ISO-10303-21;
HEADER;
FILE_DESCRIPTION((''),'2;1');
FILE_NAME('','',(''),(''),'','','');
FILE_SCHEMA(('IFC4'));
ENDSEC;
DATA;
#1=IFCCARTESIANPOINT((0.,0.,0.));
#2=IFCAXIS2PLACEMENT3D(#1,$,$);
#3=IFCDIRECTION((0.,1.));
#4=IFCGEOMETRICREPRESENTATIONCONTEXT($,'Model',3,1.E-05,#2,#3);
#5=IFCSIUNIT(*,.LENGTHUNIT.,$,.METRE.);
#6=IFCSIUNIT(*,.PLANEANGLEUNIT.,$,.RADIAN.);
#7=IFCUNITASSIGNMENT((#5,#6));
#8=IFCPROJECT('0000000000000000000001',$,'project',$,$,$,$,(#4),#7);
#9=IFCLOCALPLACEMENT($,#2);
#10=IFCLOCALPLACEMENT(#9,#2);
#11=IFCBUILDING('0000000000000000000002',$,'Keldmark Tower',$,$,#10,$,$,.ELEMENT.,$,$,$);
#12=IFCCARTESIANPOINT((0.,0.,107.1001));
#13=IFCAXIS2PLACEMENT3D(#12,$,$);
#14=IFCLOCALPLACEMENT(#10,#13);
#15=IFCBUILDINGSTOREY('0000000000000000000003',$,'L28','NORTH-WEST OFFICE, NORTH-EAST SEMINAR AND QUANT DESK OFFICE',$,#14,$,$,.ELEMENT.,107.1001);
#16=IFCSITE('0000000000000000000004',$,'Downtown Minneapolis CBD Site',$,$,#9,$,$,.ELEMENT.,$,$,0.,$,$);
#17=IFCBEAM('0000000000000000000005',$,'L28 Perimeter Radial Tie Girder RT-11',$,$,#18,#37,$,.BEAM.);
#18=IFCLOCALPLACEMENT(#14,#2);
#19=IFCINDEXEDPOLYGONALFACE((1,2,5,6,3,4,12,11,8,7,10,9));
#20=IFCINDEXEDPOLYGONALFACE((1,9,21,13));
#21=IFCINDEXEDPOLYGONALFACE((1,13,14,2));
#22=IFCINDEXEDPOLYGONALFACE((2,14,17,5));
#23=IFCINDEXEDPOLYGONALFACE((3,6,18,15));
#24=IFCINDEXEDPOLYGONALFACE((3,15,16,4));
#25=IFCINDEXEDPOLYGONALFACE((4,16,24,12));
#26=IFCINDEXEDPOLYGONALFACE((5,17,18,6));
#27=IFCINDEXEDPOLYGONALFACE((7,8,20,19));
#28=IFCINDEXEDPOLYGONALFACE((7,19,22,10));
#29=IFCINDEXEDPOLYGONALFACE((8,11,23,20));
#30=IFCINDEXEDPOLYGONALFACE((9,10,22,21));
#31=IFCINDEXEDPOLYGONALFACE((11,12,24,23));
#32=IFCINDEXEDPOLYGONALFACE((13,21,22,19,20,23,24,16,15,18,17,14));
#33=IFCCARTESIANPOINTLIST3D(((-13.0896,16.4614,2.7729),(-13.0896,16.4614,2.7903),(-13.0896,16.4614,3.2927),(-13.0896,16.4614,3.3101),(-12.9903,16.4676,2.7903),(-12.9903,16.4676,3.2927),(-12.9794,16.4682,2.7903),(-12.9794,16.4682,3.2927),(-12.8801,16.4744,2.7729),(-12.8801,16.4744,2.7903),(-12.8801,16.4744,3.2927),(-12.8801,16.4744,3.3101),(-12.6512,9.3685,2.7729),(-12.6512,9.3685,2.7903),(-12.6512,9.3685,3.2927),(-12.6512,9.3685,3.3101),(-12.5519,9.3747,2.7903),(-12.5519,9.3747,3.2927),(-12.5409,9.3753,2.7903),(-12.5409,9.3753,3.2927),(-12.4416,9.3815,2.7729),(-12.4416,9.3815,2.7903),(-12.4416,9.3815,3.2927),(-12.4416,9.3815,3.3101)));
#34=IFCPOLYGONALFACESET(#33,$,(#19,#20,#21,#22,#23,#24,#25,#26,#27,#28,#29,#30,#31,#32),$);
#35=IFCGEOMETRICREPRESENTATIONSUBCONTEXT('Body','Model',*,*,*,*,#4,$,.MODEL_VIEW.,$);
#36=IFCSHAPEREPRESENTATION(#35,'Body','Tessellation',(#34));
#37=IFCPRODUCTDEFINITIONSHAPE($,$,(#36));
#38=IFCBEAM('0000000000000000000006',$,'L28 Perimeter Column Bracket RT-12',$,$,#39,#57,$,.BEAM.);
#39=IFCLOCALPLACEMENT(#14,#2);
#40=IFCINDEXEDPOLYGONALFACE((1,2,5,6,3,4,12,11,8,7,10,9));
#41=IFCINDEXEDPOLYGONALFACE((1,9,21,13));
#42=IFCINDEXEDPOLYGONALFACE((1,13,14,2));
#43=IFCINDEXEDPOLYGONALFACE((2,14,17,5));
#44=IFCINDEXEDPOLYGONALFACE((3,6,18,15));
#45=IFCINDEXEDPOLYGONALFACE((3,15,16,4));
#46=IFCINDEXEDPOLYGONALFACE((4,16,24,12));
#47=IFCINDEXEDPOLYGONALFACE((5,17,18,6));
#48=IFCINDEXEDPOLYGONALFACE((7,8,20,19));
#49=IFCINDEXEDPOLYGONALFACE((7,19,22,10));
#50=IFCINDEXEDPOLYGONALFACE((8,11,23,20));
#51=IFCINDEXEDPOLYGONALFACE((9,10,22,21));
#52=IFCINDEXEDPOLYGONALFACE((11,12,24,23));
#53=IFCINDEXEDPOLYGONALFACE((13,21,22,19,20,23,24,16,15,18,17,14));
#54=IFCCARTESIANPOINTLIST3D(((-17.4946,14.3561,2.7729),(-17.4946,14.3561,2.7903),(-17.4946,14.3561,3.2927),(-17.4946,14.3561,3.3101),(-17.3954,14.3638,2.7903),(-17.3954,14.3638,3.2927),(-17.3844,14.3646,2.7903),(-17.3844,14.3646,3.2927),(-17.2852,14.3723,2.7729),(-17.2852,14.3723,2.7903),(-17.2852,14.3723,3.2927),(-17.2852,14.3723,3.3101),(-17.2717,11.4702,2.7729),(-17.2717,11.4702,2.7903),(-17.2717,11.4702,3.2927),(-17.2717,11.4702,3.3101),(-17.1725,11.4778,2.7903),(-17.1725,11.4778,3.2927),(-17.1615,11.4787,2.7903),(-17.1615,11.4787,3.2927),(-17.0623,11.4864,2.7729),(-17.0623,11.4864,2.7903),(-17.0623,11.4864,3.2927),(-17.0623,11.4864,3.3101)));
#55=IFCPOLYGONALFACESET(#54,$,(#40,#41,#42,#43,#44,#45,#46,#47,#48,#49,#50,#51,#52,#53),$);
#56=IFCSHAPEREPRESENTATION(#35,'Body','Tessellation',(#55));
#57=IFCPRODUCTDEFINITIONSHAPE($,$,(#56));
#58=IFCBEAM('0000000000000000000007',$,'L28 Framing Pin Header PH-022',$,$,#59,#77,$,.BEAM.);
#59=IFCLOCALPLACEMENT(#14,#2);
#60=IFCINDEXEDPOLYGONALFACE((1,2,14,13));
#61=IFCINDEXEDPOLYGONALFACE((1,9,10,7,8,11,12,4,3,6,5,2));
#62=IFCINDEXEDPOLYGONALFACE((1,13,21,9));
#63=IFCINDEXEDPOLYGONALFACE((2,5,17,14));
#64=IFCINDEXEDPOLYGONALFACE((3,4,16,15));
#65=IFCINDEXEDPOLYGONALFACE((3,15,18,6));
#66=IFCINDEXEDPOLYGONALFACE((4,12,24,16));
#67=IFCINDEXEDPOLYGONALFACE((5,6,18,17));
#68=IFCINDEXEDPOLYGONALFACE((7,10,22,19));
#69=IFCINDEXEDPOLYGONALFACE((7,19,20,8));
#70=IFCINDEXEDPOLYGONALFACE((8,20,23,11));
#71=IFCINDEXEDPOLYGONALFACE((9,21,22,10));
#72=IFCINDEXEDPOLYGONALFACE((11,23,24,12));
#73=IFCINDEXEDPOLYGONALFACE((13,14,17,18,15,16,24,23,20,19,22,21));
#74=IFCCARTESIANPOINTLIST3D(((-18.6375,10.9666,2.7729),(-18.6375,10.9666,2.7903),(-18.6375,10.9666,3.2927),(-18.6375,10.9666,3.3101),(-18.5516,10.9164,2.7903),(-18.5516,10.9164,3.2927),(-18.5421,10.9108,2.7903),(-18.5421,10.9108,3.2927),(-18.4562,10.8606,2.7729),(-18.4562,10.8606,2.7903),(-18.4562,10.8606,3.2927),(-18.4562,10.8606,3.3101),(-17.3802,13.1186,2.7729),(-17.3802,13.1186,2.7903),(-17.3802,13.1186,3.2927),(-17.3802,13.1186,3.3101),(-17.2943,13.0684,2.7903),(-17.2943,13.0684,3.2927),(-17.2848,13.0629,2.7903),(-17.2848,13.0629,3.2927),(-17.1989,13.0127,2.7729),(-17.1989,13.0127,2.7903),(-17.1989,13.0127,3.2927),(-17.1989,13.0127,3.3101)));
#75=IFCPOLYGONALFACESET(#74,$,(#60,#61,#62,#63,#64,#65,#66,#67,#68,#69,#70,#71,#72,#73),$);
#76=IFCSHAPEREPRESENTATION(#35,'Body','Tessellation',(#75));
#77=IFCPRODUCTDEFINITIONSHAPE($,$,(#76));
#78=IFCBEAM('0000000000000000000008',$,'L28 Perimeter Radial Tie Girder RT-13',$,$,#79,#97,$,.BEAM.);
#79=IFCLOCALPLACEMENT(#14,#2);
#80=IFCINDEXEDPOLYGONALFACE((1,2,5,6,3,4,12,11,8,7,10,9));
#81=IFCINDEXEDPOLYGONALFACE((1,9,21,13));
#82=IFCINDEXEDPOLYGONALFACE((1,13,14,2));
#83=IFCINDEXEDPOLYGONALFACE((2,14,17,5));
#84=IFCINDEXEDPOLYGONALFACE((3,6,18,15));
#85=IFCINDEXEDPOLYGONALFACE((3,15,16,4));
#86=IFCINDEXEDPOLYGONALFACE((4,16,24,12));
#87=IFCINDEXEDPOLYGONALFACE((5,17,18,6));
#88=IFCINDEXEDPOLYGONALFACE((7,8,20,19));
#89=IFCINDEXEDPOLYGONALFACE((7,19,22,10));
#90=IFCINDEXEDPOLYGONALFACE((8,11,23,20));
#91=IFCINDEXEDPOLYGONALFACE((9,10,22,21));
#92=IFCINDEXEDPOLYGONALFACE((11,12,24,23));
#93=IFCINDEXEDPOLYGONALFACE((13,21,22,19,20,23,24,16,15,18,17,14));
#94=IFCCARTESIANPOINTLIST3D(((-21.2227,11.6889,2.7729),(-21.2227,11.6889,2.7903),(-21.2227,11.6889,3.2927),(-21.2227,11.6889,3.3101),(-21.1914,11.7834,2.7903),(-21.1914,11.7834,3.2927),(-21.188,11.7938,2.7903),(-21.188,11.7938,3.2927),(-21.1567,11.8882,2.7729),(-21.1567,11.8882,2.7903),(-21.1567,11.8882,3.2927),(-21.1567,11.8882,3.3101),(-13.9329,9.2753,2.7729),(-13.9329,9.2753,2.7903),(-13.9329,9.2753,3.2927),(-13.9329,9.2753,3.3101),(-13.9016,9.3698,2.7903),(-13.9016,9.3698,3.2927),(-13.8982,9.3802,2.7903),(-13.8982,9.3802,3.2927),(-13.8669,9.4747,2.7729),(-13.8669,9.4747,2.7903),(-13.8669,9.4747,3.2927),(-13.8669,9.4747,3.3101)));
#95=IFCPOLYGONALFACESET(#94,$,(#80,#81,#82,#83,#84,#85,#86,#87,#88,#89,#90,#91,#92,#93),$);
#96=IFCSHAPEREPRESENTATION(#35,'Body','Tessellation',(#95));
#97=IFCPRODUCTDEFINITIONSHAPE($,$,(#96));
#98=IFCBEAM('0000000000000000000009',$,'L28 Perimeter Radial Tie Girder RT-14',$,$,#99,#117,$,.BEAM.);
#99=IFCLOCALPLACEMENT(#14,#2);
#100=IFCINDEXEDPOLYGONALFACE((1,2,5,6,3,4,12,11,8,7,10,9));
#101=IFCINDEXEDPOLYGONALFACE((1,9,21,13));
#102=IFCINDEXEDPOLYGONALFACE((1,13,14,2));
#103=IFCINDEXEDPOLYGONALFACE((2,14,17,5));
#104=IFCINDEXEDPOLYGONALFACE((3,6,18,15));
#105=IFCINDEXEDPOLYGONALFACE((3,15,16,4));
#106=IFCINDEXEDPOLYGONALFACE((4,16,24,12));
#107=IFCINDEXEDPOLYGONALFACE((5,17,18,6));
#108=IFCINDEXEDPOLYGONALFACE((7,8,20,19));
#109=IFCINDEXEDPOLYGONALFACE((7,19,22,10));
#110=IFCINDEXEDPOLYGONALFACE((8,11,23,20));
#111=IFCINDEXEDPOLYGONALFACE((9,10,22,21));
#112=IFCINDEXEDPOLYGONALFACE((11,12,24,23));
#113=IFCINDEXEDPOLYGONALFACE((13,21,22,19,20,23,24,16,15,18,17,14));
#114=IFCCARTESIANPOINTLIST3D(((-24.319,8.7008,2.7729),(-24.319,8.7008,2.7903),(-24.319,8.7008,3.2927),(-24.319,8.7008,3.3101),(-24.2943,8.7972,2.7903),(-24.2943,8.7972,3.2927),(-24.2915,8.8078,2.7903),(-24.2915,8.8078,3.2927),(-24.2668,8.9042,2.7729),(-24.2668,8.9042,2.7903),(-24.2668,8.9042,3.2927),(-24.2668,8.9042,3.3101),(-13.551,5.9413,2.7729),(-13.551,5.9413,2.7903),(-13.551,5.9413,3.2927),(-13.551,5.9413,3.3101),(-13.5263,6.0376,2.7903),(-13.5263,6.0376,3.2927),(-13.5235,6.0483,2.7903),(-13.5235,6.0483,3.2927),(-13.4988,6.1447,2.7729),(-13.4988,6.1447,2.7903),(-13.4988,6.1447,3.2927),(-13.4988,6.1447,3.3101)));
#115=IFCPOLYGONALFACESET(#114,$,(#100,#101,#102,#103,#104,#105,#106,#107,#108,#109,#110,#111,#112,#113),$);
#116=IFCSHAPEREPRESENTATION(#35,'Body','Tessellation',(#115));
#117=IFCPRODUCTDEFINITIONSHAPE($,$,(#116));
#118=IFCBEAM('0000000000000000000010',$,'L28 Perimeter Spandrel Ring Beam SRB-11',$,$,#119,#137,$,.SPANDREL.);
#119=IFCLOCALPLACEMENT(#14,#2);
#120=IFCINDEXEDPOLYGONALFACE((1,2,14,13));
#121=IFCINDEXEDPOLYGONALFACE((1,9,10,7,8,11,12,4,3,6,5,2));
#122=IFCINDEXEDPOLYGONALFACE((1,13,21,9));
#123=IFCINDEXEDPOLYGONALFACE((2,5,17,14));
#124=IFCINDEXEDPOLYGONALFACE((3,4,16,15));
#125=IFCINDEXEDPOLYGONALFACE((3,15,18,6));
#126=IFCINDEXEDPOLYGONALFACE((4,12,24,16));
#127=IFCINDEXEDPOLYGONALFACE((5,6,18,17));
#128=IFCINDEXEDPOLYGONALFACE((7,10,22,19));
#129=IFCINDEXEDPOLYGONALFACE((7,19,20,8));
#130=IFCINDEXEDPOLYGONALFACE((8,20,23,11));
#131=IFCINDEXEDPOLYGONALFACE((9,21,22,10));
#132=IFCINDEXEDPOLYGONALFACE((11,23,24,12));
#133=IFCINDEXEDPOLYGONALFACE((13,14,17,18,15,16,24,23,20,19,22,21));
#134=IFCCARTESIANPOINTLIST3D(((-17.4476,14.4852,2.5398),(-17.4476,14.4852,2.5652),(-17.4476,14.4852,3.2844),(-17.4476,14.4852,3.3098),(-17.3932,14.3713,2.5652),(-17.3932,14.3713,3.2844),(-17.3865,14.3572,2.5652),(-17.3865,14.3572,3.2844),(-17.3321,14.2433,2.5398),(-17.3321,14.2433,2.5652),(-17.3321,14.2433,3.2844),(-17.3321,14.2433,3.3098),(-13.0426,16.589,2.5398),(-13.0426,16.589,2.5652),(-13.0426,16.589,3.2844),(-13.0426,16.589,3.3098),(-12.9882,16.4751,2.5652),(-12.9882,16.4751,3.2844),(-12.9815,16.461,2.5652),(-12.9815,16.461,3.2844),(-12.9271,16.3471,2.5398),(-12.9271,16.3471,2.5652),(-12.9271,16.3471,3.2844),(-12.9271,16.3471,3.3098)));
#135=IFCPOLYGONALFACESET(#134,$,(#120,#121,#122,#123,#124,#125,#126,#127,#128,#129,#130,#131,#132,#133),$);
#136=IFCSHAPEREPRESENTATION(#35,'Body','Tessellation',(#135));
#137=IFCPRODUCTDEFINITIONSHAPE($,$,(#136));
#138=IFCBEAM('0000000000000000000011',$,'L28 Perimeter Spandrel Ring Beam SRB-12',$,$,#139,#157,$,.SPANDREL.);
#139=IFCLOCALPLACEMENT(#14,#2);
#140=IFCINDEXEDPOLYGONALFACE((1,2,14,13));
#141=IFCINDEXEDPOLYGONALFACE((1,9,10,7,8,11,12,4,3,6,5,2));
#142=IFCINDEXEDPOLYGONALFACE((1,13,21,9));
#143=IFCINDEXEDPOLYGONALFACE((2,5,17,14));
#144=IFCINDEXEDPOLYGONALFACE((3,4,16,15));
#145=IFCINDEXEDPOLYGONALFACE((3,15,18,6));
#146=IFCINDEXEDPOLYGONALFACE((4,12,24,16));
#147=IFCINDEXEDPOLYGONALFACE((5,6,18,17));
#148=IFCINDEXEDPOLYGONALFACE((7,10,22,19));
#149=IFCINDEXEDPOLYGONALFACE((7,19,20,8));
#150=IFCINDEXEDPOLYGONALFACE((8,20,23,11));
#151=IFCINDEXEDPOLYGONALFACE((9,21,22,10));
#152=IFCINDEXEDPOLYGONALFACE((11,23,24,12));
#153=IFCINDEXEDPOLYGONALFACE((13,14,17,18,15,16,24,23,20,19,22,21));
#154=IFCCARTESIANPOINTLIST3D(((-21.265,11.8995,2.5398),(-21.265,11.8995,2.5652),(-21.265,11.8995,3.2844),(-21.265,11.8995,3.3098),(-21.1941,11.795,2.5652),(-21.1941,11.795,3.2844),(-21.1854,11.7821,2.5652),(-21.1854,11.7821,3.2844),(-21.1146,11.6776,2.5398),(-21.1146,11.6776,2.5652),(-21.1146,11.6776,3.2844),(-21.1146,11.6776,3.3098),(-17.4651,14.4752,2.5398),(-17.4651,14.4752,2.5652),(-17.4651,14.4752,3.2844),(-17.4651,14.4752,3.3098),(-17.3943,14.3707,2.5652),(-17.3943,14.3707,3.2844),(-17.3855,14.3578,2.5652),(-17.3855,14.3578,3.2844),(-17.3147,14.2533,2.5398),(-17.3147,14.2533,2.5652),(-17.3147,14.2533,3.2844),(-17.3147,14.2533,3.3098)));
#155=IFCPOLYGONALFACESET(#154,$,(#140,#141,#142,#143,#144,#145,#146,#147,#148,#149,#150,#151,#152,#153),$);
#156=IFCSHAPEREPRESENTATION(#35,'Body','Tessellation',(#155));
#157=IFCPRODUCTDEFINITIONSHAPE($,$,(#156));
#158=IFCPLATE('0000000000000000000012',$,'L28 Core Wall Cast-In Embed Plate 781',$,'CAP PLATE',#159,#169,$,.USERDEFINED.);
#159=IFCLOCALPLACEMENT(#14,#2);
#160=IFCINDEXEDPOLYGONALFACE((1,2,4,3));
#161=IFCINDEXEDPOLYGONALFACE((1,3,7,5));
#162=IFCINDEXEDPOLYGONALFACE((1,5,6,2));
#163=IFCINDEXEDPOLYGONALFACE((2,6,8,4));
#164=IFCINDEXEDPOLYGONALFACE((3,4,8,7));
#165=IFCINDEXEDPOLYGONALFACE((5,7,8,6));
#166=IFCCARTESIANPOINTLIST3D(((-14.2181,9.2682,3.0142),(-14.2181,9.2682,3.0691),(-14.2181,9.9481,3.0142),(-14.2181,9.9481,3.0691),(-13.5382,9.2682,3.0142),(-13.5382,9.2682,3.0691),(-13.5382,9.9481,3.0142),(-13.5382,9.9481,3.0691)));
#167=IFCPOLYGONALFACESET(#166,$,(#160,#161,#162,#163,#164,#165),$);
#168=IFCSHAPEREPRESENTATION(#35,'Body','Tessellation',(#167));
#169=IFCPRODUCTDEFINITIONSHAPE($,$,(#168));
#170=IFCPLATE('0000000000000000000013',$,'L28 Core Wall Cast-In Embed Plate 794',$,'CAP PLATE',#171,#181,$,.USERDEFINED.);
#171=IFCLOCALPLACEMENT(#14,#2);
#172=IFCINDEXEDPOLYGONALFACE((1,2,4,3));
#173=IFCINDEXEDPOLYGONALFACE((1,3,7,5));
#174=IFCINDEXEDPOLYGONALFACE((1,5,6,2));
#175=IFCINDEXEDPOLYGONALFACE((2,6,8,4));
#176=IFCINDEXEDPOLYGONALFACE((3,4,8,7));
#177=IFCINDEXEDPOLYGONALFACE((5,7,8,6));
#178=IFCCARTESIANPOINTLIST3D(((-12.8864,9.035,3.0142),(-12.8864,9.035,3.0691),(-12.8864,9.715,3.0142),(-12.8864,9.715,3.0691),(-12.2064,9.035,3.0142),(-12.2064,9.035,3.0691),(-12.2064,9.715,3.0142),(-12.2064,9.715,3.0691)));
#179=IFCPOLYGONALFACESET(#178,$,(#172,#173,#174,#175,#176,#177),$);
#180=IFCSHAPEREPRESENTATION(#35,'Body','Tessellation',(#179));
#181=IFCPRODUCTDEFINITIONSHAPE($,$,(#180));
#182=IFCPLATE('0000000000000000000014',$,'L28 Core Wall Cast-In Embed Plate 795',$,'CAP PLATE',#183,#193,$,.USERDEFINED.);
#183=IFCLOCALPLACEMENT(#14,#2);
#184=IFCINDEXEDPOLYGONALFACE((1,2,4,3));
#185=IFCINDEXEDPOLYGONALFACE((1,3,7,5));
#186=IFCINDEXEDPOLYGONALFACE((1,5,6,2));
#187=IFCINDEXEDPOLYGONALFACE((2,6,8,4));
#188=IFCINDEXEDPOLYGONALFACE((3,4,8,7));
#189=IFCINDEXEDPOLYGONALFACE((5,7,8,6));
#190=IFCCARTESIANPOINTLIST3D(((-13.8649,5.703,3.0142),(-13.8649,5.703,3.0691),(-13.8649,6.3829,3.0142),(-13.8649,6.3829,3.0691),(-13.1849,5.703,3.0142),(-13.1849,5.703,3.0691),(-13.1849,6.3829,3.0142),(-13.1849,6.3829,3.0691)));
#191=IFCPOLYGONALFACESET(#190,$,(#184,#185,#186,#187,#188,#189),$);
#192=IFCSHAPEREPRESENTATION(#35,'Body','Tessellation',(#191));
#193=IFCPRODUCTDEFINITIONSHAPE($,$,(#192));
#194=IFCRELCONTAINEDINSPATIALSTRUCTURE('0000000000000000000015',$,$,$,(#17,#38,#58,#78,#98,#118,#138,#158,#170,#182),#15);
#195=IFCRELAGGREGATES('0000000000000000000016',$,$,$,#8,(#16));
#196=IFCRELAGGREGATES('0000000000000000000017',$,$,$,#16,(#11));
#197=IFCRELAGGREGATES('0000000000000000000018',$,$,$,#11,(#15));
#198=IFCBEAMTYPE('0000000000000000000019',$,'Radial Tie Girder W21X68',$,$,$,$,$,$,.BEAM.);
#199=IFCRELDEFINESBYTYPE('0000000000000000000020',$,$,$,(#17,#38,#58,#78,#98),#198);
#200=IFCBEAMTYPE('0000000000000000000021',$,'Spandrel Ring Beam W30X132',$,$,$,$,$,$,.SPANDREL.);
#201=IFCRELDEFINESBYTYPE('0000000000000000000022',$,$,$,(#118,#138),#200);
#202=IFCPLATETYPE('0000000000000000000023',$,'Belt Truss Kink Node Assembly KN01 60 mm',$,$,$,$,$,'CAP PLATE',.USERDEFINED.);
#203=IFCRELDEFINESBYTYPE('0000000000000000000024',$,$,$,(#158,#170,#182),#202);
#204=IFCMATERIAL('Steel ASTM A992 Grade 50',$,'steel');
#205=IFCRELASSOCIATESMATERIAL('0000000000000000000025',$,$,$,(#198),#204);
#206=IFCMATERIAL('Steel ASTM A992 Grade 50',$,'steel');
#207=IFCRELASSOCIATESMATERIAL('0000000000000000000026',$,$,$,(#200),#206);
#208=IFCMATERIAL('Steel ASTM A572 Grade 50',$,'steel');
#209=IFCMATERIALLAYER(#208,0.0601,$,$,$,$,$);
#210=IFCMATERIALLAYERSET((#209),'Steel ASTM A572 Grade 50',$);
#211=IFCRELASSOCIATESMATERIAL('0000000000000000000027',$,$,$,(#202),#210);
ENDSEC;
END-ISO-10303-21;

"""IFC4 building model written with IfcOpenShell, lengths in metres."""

from ifc_helpers import new_model, si_unit, direction, frame, origin, origin_2d, place, context, subcontext, project, spatial, rectangle, i_section, extrude, material, layer, layer_set, material_profile, profile_set, type_object, element, save


model = new_model("IFC4")

# Units and contexts
model_context = context("Model", 3, precision=1e-05, world=origin(), true_north=direction((0.0, 1.0)))
body_context = subcontext(model_context, "Body", "Model", "MODEL_VIEW")
ifc_project = project(units=[si_unit("LENGTHUNIT", "METRE"), si_unit("PLANEANGLEUNIT", "RADIAN")], contexts=[model_context])

# Site, building, storey
site_placement = place(None, origin())
site = spatial("IfcSite", under=ifc_project, at=site_placement, Name="Downtown Minneapolis CBD Site", CompositionType="ELEMENT", RefElevation=0.0)
building_placement = place(site_placement, origin())
building = spatial("IfcBuilding", under=site, at=building_placement, Name="Keldmark Tower", CompositionType="ELEMENT")
storey_placement = place(building_placement, frame((0.0, 0.0, 107.1001)))
storey = spatial("IfcBuildingStorey", under=building, at=storey_placement, Name="L28", Description="NORTH-WEST OFFICE, NORTH-EAST SEMINAR AND QUANT DESK OFFICE", CompositionType="ELEMENT", Elevation=107.1001)

# Beams
ifc_material_1 = material(Name="Steel ASTM A992 Grade 50", Category="steel")
ifc_material_profile_1 = material_profile(ifc_material_1, i_section(OverallWidth=0.21, OverallDepth=0.5371, WebThickness=0.011, FlangeThickness=0.0173, at=origin_2d()), Name="W21X68")
ifc_profile_set_1 = profile_set([ifc_material_profile_1], Name="Steel ASTM A992 Grade 50")
beam_type_1 = type_object("IfcBeamType", Name="Radial Tie Girder W21X68", PredefinedType="BEAM", material=ifc_profile_set_1)
beam_1_placement = place(storey_placement, frame((-12.5464, 9.375, 3.0415), z_axis=(-0.0617, 0.998095, 0.0), x_axis=(-0.998095, -0.0617, 0.0)))
element("IfcBeam", 1, at=beam_1_placement, inside=storey, type_object=beam_type_1, Name="L28 Perimeter Radial Tie Girder RT-11", PredefinedType="BEAM", context=body_context, shape_type="SweptSolid", body=[
    extrude(i_section(OverallWidth=0.21, OverallDepth=0.5371, WebThickness=0.011, FlangeThickness=0.0173, at=origin_2d()), origin(), (0.0, 0.0, 1.0), 7.1064),
])
beam_2_placement = place(storey_placement, frame((-17.167, 11.4783, 3.0415), z_axis=(-0.077006, 0.997031, 0.0), x_axis=(-0.997031, -0.077006, 0.0)))
element("IfcBeam", 2, at=beam_2_placement, inside=storey, type_object=beam_type_1, Name="L28 Perimeter Column Bracket RT-12", PredefinedType="BEAM", context=body_context, shape_type="SweptSolid", body=[
    extrude(i_section(OverallWidth=0.21, OverallDepth=0.5371, WebThickness=0.011, FlangeThickness=0.0173, at=origin_2d()), origin(), (0.0, 0.0, 1.0), 2.8945),
])
beam_3_placement = place(storey_placement, frame((-17.2896, 13.0657, 3.0415), z_axis=(-0.504449, -0.863441, 0.0), x_axis=(0.863441, -0.504449, 0.0)))
element("IfcBeam", 3, at=beam_3_placement, inside=storey, type_object=beam_type_1, Name="L28 Framing Pin Header PH-022", PredefinedType="BEAM", context=body_context, shape_type="SweptSolid", body=[
    extrude(i_section(OverallWidth=0.21, OverallDepth=0.5371, WebThickness=0.011, FlangeThickness=0.0173, at=origin_2d()), origin(), (0.0, 0.0, 1.0), 2.4924),
])
beam_4_placement = place(storey_placement, frame((-13.8999, 9.375, 3.0415), z_axis=(-0.94932, 0.31431, 0.0), x_axis=(-0.31431, -0.94932, 0.0)))
element("IfcBeam", 4, at=beam_4_placement, inside=storey, type_object=beam_type_1, Name="L28 Perimeter Radial Tie Girder RT-13", PredefinedType="BEAM", context=body_context, shape_type="SweptSolid", body=[
    extrude(i_section(OverallWidth=0.21, OverallDepth=0.5371, WebThickness=0.011, FlangeThickness=0.0173, at=origin_2d()), origin(), (0.0, 0.0, 1.0), 7.679),
])
beam_5_placement = place(storey_placement, frame((-13.5249, 6.043, 3.0415), z_axis=(-0.968697, 0.248247, 0.0), x_axis=(-0.248247, -0.968697, 0.0)))
element("IfcBeam", 5, at=beam_5_placement, inside=storey, type_object=beam_type_1, Name="L28 Perimeter Radial Tie Girder RT-14", PredefinedType="BEAM", context=body_context, shape_type="SweptSolid", body=[
    extrude(i_section(OverallWidth=0.21, OverallDepth=0.5371, WebThickness=0.011, FlangeThickness=0.0173, at=origin_2d()), origin(), (0.0, 0.0, 1.0), 11.116),
])
ifc_material_2 = material(Name="Steel ASTM A992 Grade 50", Category="steel")
ifc_material_profile_2 = material_profile(ifc_material_2, i_section(OverallWidth=0.2681, OverallDepth=0.77, WebThickness=0.0156, FlangeThickness=0.0254, at=origin_2d()), Name="W30X132")
ifc_profile_set_2 = profile_set([ifc_material_profile_2], Name="Steel ASTM A992 Grade 50")
beam_type_2 = type_object("IfcBeamType", Name="Spandrel Ring Beam W30X132", PredefinedType="SPANDREL", material=ifc_profile_set_2)
beam_6_placement = place(storey_placement, frame((-12.9849, 16.468, 2.9248), z_axis=(-0.902373, -0.430956, 0.0), x_axis=(0.430956, -0.902373, 0.0)))
element("IfcBeam", 6, at=beam_6_placement, inside=storey, type_object=beam_type_2, Name="L28 Perimeter Spandrel Ring Beam SRB-11", PredefinedType="SPANDREL", context=body_context, shape_type="SweptSolid", body=[
    extrude(i_section(OverallWidth=0.2681, OverallDepth=0.77, WebThickness=0.0156, FlangeThickness=0.0254, at=origin_2d()), origin(), (0.0, 0.0, 1.0), 4.8816),
])
beam_7_placement = place(storey_placement, frame((-17.3899, 14.3643, 2.9248), z_axis=(-0.827755, -0.56109, 0.0), x_axis=(0.56109, -0.827755, 0.0)))
element("IfcBeam", 7, at=beam_7_placement, inside=storey, type_object=beam_type_2, Name="L28 Perimeter Spandrel Ring Beam SRB-12", PredefinedType="SPANDREL", context=body_context, shape_type="SweptSolid", body=[
    extrude(i_section(OverallWidth=0.2681, OverallDepth=0.77, WebThickness=0.0156, FlangeThickness=0.0254, at=origin_2d()), origin(), (0.0, 0.0, 1.0), 4.5906),
])

# Plates
ifc_material_3 = material(Name="Steel ASTM A572 Grade 50", Category="steel")
ifc_layer_1 = layer(ifc_material_3, 0.0601)
ifc_layer_set_1 = layer_set([ifc_layer_1], Name="Steel ASTM A572 Grade 50")
plate_type_1 = type_object("IfcPlateType", Name="Belt Truss Kink Node Assembly KN01 60 mm", ElementType="CAP PLATE", PredefinedType="USERDEFINED", material=ifc_layer_set_1)
for number, where, z_axis, x_axis, name in (
    (8, (-13.8782, 9.6082, 3.0142), (0.0, 0.0, 1.0), (1.0, 0.0, 0.0), "L28 Core Wall Cast-In Embed Plate 781"),
    (9, (-12.5464, 9.375, 3.0142), (0.0, 0.0, 1.0), (1.0, 0.0, 0.0), "L28 Core Wall Cast-In Embed Plate 794"),
    (10, (-13.5249, 6.043, 3.0142), (0.0, 0.0, 1.0), (1.0, 0.0, 0.0), "L28 Core Wall Cast-In Embed Plate 795"),
):
    element("IfcPlate", number, at=place(storey_placement, frame(where, z_axis=z_axis, x_axis=x_axis)), inside=storey, type_object=plate_type_1, Name=name, ObjectType="CAP PLATE", PredefinedType="USERDEFINED", context=body_context, shape_type="SweptSolid", body=[
        extrude(rectangle(XDim=0.6799, YDim=0.6799, at=origin_2d()), origin(), (0.0, 0.0, 1.0), 0.0549),
    ])

save(model, "model.ifc")
